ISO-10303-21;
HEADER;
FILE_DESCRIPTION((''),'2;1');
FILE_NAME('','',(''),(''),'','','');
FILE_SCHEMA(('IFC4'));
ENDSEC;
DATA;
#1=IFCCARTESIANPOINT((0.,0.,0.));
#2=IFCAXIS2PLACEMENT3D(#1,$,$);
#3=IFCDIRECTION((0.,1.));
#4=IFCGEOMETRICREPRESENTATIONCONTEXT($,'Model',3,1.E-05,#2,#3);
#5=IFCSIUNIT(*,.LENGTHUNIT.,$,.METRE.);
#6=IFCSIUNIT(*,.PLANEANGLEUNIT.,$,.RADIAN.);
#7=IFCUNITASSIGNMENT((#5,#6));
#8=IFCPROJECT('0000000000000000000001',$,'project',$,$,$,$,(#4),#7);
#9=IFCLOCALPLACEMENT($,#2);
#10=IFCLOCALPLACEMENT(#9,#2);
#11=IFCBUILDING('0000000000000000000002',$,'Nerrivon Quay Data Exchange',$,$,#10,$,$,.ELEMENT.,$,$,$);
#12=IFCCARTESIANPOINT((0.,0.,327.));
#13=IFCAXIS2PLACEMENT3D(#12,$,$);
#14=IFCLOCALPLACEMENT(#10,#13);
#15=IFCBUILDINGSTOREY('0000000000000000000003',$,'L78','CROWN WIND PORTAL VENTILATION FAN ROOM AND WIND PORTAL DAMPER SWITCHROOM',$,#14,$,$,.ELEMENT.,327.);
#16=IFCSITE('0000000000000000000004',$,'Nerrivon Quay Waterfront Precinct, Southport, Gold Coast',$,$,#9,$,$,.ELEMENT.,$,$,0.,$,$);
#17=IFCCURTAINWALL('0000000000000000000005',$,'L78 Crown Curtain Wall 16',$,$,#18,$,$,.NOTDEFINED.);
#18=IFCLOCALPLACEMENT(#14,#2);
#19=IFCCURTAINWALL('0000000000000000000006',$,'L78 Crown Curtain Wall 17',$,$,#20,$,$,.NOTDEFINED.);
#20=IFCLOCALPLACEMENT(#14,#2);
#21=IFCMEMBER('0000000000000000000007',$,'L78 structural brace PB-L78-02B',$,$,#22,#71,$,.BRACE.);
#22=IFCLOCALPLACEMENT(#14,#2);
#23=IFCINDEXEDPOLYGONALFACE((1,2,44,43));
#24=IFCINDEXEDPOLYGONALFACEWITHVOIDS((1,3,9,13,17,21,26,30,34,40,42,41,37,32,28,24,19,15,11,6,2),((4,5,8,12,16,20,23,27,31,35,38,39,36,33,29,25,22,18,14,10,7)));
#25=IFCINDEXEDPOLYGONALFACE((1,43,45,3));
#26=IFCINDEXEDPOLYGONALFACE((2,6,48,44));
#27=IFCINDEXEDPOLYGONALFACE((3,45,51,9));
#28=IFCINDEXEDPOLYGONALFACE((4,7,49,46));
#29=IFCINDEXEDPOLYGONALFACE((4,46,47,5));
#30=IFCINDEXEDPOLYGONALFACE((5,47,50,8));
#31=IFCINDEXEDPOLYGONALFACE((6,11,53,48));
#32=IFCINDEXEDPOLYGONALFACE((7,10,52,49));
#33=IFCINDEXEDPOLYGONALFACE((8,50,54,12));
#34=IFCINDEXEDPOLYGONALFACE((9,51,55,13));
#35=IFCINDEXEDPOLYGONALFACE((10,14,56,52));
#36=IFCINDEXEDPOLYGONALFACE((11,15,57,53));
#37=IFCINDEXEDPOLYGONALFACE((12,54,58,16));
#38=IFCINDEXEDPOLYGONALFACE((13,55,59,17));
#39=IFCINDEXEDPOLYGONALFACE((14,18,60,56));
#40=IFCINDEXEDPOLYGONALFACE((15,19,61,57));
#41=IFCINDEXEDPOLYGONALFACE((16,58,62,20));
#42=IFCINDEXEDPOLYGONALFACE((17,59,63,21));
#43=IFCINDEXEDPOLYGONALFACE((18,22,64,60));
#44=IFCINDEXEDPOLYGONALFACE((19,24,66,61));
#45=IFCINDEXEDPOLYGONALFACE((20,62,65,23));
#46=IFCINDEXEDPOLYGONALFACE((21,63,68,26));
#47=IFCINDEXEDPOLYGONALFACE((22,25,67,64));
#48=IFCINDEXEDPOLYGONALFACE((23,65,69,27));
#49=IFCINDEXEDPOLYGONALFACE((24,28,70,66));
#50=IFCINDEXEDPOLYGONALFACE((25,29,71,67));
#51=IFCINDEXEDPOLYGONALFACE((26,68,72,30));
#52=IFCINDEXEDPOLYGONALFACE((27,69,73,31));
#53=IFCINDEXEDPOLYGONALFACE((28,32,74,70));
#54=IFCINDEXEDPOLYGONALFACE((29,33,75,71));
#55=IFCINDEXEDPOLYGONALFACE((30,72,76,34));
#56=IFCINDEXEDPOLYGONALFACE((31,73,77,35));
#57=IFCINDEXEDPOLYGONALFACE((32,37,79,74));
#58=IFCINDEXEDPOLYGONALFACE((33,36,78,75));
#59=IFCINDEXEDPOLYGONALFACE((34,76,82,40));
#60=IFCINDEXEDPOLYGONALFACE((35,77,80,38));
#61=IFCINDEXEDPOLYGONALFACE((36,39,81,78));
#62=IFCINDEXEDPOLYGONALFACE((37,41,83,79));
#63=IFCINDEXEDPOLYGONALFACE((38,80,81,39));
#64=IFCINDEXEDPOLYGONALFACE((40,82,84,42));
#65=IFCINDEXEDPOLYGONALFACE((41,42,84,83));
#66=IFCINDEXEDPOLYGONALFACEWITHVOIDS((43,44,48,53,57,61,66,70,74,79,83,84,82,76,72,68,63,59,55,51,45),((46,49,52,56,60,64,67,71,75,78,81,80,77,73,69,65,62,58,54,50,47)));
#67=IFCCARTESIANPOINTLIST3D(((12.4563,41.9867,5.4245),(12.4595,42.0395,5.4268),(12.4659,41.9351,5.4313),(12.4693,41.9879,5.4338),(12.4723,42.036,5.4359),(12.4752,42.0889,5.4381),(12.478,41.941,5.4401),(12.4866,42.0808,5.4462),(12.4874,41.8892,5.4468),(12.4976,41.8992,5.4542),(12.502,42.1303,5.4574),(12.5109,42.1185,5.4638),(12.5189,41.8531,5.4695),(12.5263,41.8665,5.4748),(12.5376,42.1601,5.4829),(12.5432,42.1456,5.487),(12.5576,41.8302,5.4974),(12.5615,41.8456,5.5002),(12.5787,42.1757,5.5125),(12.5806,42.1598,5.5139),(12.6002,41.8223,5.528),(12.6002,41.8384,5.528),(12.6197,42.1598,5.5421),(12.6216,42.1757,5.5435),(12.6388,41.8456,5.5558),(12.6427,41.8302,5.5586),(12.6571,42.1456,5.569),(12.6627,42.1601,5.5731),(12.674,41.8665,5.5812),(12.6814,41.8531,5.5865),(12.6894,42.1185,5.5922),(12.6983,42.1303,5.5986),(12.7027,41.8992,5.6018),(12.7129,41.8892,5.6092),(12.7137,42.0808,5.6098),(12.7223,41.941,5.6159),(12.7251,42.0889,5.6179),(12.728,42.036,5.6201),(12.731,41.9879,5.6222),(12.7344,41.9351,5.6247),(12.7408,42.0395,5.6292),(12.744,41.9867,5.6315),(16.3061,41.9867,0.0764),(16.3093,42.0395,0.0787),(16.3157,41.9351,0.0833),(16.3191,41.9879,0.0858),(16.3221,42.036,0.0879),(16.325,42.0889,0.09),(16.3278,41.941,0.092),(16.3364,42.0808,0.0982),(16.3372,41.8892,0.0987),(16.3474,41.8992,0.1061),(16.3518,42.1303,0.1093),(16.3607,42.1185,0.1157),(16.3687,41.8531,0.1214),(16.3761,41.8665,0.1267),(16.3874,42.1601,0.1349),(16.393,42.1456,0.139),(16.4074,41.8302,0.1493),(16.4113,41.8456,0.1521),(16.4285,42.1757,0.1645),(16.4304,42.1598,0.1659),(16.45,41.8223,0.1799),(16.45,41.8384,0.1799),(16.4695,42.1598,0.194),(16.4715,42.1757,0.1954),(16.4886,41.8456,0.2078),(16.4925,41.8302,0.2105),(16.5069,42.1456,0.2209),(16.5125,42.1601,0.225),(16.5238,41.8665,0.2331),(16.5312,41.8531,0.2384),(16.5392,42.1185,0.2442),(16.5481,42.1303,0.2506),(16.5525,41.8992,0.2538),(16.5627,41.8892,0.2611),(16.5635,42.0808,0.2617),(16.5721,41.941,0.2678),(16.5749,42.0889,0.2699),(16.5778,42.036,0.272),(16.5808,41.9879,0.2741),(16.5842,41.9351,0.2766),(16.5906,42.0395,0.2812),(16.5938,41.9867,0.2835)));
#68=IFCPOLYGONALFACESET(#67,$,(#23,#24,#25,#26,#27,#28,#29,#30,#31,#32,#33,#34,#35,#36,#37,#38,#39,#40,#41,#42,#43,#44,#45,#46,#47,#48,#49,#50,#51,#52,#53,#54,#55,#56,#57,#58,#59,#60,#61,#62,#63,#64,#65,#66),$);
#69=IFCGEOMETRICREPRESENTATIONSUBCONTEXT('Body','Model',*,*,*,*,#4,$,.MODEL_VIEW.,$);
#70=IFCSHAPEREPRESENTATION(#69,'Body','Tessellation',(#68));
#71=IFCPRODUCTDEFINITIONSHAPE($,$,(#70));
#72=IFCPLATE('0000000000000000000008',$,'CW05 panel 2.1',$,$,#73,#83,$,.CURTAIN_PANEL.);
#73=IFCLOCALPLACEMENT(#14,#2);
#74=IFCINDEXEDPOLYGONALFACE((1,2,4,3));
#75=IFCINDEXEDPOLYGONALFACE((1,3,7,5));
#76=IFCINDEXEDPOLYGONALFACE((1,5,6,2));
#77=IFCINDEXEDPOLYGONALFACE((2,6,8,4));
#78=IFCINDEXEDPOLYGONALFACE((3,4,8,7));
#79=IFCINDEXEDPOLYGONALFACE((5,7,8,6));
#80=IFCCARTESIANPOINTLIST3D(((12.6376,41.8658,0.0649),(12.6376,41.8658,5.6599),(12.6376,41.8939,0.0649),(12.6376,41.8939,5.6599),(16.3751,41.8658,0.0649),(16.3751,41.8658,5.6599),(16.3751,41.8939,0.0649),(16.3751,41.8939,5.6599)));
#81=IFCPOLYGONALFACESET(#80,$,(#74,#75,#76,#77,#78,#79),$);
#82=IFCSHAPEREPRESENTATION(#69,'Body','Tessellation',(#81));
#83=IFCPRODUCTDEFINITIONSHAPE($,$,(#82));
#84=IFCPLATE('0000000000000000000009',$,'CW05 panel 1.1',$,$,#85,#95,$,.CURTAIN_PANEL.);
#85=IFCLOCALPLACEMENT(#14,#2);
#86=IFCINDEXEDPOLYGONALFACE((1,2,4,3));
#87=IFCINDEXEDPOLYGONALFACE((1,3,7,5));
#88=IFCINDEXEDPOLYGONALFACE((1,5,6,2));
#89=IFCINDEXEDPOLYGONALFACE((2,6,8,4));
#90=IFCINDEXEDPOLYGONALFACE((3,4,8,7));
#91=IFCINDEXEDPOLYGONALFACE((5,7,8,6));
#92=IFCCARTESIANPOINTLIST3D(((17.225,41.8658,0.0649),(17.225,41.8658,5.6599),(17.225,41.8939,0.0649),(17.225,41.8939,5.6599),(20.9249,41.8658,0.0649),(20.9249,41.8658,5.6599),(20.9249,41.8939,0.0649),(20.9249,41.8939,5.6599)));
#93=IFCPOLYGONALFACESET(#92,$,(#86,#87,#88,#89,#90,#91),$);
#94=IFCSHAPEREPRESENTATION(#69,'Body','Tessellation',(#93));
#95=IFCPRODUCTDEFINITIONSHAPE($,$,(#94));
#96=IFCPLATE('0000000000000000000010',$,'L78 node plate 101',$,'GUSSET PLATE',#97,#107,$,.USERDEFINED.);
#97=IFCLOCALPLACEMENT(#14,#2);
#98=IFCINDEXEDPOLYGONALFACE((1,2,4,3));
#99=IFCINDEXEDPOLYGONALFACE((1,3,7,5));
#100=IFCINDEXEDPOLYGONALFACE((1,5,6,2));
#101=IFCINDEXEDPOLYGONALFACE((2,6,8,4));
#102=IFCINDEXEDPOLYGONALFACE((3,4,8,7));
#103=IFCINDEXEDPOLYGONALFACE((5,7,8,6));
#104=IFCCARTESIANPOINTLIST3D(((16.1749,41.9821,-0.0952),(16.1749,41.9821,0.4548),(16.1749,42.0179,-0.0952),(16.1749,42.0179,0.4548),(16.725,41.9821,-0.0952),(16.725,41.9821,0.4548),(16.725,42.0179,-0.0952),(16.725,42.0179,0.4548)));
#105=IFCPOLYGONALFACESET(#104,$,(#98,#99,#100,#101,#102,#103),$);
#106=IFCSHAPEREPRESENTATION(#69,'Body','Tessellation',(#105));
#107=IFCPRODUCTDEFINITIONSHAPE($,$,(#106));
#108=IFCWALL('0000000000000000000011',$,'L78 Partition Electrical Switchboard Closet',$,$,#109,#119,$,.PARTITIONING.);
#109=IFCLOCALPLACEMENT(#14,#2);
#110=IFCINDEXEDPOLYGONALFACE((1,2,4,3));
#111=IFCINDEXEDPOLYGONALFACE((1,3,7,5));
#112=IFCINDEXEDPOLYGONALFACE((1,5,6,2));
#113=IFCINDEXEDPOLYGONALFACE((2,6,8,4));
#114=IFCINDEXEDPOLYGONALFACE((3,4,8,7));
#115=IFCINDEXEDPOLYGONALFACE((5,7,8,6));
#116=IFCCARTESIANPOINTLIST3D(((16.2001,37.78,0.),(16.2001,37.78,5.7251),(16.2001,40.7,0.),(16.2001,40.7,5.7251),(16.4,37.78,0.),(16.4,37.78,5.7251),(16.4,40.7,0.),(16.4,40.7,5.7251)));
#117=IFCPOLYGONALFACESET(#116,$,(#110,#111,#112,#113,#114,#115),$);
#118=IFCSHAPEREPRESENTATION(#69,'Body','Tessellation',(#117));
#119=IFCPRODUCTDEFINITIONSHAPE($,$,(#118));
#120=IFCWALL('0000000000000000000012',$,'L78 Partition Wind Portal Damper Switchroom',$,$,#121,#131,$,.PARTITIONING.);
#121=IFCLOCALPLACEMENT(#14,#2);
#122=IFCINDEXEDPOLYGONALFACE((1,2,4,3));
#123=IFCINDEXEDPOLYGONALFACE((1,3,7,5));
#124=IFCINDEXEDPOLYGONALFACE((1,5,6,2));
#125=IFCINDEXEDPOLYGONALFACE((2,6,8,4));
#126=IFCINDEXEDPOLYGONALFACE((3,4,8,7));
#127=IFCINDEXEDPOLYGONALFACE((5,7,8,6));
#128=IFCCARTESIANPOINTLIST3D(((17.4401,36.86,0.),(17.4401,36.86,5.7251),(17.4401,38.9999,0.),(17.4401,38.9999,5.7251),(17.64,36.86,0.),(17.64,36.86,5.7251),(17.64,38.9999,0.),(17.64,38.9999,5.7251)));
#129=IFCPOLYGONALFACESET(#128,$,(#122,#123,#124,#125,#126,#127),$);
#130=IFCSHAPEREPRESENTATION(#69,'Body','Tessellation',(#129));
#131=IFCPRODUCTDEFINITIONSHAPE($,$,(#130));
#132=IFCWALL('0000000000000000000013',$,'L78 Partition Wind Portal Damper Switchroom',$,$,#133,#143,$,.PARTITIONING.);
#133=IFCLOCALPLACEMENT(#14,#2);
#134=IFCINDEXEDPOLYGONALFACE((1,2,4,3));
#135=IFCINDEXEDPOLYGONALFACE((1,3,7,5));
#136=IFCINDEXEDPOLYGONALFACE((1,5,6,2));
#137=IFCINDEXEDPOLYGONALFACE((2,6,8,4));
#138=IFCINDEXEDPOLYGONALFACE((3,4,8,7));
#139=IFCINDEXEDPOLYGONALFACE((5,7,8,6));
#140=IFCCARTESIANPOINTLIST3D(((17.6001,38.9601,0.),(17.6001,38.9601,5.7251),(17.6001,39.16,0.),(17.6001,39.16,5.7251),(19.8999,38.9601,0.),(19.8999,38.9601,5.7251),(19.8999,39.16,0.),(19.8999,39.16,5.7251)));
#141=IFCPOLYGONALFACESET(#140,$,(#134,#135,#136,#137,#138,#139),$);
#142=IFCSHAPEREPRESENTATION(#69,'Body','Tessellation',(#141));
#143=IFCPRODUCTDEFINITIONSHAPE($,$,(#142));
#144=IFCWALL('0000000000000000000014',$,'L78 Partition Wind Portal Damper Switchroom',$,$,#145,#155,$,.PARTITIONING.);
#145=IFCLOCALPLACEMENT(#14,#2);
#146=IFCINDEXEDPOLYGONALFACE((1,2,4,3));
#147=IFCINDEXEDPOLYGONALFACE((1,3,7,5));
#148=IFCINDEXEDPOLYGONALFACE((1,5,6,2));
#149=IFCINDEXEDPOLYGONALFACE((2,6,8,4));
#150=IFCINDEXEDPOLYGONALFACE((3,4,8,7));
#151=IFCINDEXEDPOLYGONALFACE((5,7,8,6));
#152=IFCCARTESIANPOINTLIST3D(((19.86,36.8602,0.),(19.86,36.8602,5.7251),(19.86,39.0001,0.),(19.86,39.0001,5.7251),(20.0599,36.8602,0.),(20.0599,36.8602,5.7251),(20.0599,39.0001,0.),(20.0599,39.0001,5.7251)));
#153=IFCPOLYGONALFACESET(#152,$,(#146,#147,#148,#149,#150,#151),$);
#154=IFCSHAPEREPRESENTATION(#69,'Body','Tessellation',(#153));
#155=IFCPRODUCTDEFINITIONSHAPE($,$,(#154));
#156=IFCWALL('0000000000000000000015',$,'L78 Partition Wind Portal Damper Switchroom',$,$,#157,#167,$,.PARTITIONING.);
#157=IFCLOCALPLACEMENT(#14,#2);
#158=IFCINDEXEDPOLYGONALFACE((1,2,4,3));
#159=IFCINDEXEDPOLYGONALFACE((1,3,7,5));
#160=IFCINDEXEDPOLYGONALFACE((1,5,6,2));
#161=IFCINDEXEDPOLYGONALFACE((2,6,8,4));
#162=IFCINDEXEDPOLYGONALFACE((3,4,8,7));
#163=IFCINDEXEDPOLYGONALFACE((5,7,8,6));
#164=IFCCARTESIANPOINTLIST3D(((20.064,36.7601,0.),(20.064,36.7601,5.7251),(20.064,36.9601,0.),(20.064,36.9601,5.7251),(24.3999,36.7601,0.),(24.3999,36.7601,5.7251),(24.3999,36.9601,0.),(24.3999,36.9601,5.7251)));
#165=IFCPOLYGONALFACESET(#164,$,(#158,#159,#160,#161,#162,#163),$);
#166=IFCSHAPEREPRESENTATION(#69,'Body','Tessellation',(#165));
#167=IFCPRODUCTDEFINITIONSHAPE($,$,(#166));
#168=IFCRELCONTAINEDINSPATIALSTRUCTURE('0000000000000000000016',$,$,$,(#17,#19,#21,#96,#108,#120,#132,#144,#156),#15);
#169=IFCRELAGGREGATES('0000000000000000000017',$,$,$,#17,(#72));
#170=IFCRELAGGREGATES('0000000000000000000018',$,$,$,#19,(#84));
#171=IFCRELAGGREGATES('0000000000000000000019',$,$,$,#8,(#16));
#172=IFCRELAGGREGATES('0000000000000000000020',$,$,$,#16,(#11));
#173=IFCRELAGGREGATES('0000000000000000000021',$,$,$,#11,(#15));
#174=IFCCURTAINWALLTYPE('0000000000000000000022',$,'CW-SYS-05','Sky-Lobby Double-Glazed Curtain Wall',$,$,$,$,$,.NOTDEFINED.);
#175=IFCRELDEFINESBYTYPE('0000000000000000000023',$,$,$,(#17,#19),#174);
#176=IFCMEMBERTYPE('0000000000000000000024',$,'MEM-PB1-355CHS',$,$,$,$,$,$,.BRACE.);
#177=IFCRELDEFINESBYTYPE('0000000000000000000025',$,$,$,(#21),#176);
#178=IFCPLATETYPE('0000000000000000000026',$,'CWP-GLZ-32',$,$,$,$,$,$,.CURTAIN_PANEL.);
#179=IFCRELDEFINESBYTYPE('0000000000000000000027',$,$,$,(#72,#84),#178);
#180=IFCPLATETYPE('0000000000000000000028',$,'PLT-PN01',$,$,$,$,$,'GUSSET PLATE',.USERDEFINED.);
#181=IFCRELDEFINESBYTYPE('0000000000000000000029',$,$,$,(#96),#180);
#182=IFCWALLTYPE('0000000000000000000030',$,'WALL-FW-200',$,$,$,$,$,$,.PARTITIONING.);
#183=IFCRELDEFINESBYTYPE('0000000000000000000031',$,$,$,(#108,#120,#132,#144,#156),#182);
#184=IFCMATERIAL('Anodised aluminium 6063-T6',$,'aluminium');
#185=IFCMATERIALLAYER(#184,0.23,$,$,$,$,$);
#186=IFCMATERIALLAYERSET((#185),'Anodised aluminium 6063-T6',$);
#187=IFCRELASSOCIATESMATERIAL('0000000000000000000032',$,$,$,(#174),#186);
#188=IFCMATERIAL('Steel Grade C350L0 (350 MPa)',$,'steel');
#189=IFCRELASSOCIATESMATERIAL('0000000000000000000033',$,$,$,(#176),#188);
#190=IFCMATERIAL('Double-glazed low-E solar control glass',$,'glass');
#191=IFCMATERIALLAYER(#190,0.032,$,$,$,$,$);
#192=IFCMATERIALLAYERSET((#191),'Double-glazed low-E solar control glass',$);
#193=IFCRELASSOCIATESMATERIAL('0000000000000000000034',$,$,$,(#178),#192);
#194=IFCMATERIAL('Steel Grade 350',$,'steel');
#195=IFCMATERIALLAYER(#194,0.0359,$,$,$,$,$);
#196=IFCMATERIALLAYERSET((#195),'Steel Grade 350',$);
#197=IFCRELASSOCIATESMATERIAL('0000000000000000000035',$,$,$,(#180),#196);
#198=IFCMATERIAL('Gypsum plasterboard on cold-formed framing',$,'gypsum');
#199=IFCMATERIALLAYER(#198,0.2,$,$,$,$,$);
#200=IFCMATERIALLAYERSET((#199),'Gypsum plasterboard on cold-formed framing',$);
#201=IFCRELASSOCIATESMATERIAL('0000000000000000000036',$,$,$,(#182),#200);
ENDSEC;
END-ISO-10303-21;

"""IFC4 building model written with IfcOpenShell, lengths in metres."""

from ifc_helpers import new_model, si_unit, direction, frame, frame_2d, origin, origin_2d, place, context, subcontext, project, spatial, rectangle, hollow_circle, extrude, material, layer, layer_set, material_profile, profile_set, type_object, element, aggregate, save


model = new_model("IFC4")

# Units and contexts
model_context = context("Model", 3, precision=1e-05, world=origin(), true_north=direction((0.0, 1.0)))
body_context = subcontext(model_context, "Body", "Model", "MODEL_VIEW")
ifc_project = project(units=[si_unit("LENGTHUNIT", "METRE"), si_unit("PLANEANGLEUNIT", "RADIAN")], contexts=[model_context])

# Site, building, storey
site_placement = place(None, origin())
site = spatial("IfcSite", under=ifc_project, at=site_placement, Name="Nerrivon Quay Waterfront Precinct, Southport, Gold Coast", CompositionType="ELEMENT", RefElevation=0.0)
building_placement = place(site_placement, origin())
building = spatial("IfcBuilding", under=site, at=building_placement, Name="Nerrivon Quay Data Exchange", CompositionType="ELEMENT")
storey_placement = place(building_placement, frame((0.0, 0.0, 327.0)))
storey = spatial("IfcBuildingStorey", under=building, at=storey_placement, Name="L78", Description="CROWN WIND PORTAL VENTILATION FAN ROOM AND WIND PORTAL DAMPER SWITCHROOM", CompositionType="ELEMENT", Elevation=327.0)

# Shared definitions
ifc_material_1 = material(Name="Steel Grade 350", Category="steel")

# Curtain walls
ifc_material_2 = material(Name="Anodised aluminium 6063-T6", Category="aluminium")
ifc_layer_1 = layer(ifc_material_2, 0.23)
ifc_layer_set_1 = layer_set([ifc_layer_1], Name="Anodised aluminium 6063-T6")
curtain_wall_type = type_object("IfcCurtainWallType", Name="CW-SYS-05", Description="Sky-Lobby Double-Glazed Curtain Wall", PredefinedType="NOTDEFINED", material=ifc_layer_set_1)
curtain_wall_1_placement = place(storey_placement, origin())
curtain_wall_1 = element("IfcCurtainWall", 1, at=curtain_wall_1_placement, inside=storey, type_object=curtain_wall_type, Name="L78 Crown Curtain Wall 16", PredefinedType="NOTDEFINED")
curtain_wall_2_placement = place(storey_placement, origin())
curtain_wall_2 = element("IfcCurtainWall", 2, at=curtain_wall_2_placement, inside=storey, type_object=curtain_wall_type, Name="L78 Crown Curtain Wall 17", PredefinedType="NOTDEFINED")

# Member
ifc_material_3 = material(Name="Steel Grade C350L0 (350 MPa)", Category="steel")
ifc_material_profile_1 = material_profile(ifc_material_3, hollow_circle(Radius=0.1777, WallThickness=0.0161, at=origin_2d()), Name="355.6x16.0CHS")
ifc_profile_set_1 = profile_set([ifc_material_profile_1], Name="Steel Grade C350L0 (350 MPa)")
member_type_1 = type_object("IfcMemberType", Name="MEM-PB1-355CHS", PredefinedType="BRACE", material=ifc_profile_set_1)
member_1_placement = place(storey_placement, frame((16.45, 42.0, 0.1799), z_axis=(-0.584224, 0.0, 0.811593), x_axis=(0.0, -1.0, 0.0)))
element("IfcMember", 3, at=member_1_placement, inside=storey, type_object=member_type_1, Name="L78 structural brace PB-L78-02B", PredefinedType="BRACE", context=body_context, shape_type="SweptSolid", body=[
    extrude(hollow_circle(Radius=0.1777, WallThickness=0.0161, at=origin_2d()), origin(), (0.0, 0.0, 1.0), 6.5896),
])

# Plates
ifc_material_4 = material(Name="Double-glazed low-E solar control glass", Category="glass")
ifc_layer_2 = layer(ifc_material_4, 0.032)
ifc_layer_set_2 = layer_set([ifc_layer_2], Name="Double-glazed low-E solar control glass")
plate_type_1 = type_object("IfcPlateType", Name="CWP-GLZ-32", PredefinedType="CURTAIN_PANEL", material=ifc_layer_set_2)
plate_1_placement = place(storey_placement, frame((14.5063, 41.8799, 0.0649), z_axis=(0.0, 0.0, 1.0), x_axis=(1.0, 0.0, 0.0)))
plate_1 = element("IfcPlate", 4, at=plate_1_placement, type_object=plate_type_1, Name="CW05 panel 2.1", PredefinedType="CURTAIN_PANEL", context=body_context, shape_type="SweptSolid", body=[
    extrude(rectangle(XDim=3.7375, YDim=0.0281, at=origin_2d()), origin(), (0.0, 0.0, 1.0), 5.595),
])
aggregate(curtain_wall_1, [plate_1])
plate_2_placement = place(storey_placement, frame((19.075, 41.8799, 0.0649), z_axis=(0.0, 0.0, 1.0), x_axis=(1.0, 0.0, 0.0)))
plate_2 = element("IfcPlate", 5, at=plate_2_placement, type_object=plate_type_1, Name="CW05 panel 1.1", PredefinedType="CURTAIN_PANEL", context=body_context, shape_type="SweptSolid", body=[
    extrude(rectangle(XDim=3.7, YDim=0.0281, at=origin_2d()), origin(), (0.0, 0.0, 1.0), 5.595),
])
aggregate(curtain_wall_2, [plate_2])
ifc_layer_3 = layer(ifc_material_1, 0.0359)
ifc_layer_set_3 = layer_set([ifc_layer_3], Name="Steel Grade 350")
plate_type_2 = type_object("IfcPlateType", Name="PLT-PN01", ElementType="GUSSET PLATE", PredefinedType="USERDEFINED", material=ifc_layer_set_3)
plate_3_placement = place(storey_placement, frame((16.45, 42.0, -0.0952), z_axis=(0.0, 0.0, 1.0), x_axis=(1.0, 0.0, 0.0)))
element("IfcPlate", 6, at=plate_3_placement, inside=storey, type_object=plate_type_2, Name="L78 node plate 101", ObjectType="GUSSET PLATE", PredefinedType="USERDEFINED", context=body_context, shape_type="SweptSolid", body=[
    extrude(rectangle(XDim=0.55, YDim=0.0359, at=origin_2d()), origin(), (0.0, 0.0, 1.0), 0.55),
])

# Walls
ifc_material_5 = material(Name="Gypsum plasterboard on cold-formed framing", Category="gypsum")
ifc_layer_4 = layer(ifc_material_5, 0.2)
ifc_layer_set_4 = layer_set([ifc_layer_4], Name="Gypsum plasterboard on cold-formed framing")
wall_type_1 = type_object("IfcWallType", Name="WALL-FW-200", PredefinedType="PARTITIONING", material=ifc_layer_set_4)
wall_1_placement = place(storey_placement, frame((16.3, 37.78, 0.0), z_axis=(0.0, 0.0, 1.0), x_axis=(0.0, 1.0, 0.0)))
element("IfcWall", 7, at=wall_1_placement, inside=storey, type_object=wall_type_1, Name="L78 Partition Electrical Switchboard Closet", PredefinedType="PARTITIONING", context=body_context, shape_type="SweptSolid", body=[
    extrude(rectangle(XDim=2.9199, YDim=0.2, at=frame_2d((1.46, 0.0))), origin(), (0.0, 0.0, 1.0), 5.7251),
])
wall_2_placement = place(storey_placement, frame((17.54, 36.8601, 0.0), z_axis=(0.0, 0.0, 1.0), x_axis=(0.0, 1.0, 0.0)))
element("IfcWall", 8, at=wall_2_placement, inside=storey, type_object=wall_type_1, Name="L78 Partition Wind Portal Damper Switchroom", PredefinedType="PARTITIONING", context=body_context, shape_type="SweptSolid", body=[
    extrude(rectangle(XDim=2.1399, YDim=0.2, at=frame_2d((1.0698, 0.0))), origin(), (0.0, 0.0, 1.0), 5.7251),
])
wall_3_placement = place(storey_placement, frame((17.6001, 39.0601, 0.0), z_axis=(0.0, 0.0, 1.0), x_axis=(1.0, 0.0, 0.0)))
element("IfcWall", 9, at=wall_3_placement, inside=storey, type_object=wall_type_1, Name="L78 Partition Wind Portal Damper Switchroom", PredefinedType="PARTITIONING", context=body_context, shape_type="SweptSolid", body=[
    extrude(rectangle(XDim=2.2998, YDim=0.2, at=frame_2d((1.1499, 0.0))), origin(), (0.0, 0.0, 1.0), 5.7251),
])
wall_4_placement = place(storey_placement, frame((19.96, 39.0, 0.0), z_axis=(0.0, 0.0, 1.0), x_axis=(0.0, -1.0, 0.0)))
element("IfcWall", 10, at=wall_4_placement, inside=storey, type_object=wall_type_1, Name="L78 Partition Wind Portal Damper Switchroom", PredefinedType="PARTITIONING", context=body_context, shape_type="SweptSolid", body=[
    extrude(rectangle(XDim=2.1399, YDim=0.2, at=frame_2d((1.0698, 0.0))), origin(), (0.0, 0.0, 1.0), 5.7251),
])
wall_5_placement = place(storey_placement, frame((20.064, 36.8601, 0.0), z_axis=(0.0, 0.0, 1.0), x_axis=(1.0, 0.0, 0.0)))
element("IfcWall", 11, at=wall_5_placement, inside=storey, type_object=wall_type_1, Name="L78 Partition Wind Portal Damper Switchroom", PredefinedType="PARTITIONING", context=body_context, shape_type="SweptSolid", body=[
    extrude(rectangle(XDim=4.3359, YDim=0.2, at=frame_2d((2.168, 0.0))), origin(), (0.0, 0.0, 1.0), 5.7251),
])

save(model, "model.ifc")
